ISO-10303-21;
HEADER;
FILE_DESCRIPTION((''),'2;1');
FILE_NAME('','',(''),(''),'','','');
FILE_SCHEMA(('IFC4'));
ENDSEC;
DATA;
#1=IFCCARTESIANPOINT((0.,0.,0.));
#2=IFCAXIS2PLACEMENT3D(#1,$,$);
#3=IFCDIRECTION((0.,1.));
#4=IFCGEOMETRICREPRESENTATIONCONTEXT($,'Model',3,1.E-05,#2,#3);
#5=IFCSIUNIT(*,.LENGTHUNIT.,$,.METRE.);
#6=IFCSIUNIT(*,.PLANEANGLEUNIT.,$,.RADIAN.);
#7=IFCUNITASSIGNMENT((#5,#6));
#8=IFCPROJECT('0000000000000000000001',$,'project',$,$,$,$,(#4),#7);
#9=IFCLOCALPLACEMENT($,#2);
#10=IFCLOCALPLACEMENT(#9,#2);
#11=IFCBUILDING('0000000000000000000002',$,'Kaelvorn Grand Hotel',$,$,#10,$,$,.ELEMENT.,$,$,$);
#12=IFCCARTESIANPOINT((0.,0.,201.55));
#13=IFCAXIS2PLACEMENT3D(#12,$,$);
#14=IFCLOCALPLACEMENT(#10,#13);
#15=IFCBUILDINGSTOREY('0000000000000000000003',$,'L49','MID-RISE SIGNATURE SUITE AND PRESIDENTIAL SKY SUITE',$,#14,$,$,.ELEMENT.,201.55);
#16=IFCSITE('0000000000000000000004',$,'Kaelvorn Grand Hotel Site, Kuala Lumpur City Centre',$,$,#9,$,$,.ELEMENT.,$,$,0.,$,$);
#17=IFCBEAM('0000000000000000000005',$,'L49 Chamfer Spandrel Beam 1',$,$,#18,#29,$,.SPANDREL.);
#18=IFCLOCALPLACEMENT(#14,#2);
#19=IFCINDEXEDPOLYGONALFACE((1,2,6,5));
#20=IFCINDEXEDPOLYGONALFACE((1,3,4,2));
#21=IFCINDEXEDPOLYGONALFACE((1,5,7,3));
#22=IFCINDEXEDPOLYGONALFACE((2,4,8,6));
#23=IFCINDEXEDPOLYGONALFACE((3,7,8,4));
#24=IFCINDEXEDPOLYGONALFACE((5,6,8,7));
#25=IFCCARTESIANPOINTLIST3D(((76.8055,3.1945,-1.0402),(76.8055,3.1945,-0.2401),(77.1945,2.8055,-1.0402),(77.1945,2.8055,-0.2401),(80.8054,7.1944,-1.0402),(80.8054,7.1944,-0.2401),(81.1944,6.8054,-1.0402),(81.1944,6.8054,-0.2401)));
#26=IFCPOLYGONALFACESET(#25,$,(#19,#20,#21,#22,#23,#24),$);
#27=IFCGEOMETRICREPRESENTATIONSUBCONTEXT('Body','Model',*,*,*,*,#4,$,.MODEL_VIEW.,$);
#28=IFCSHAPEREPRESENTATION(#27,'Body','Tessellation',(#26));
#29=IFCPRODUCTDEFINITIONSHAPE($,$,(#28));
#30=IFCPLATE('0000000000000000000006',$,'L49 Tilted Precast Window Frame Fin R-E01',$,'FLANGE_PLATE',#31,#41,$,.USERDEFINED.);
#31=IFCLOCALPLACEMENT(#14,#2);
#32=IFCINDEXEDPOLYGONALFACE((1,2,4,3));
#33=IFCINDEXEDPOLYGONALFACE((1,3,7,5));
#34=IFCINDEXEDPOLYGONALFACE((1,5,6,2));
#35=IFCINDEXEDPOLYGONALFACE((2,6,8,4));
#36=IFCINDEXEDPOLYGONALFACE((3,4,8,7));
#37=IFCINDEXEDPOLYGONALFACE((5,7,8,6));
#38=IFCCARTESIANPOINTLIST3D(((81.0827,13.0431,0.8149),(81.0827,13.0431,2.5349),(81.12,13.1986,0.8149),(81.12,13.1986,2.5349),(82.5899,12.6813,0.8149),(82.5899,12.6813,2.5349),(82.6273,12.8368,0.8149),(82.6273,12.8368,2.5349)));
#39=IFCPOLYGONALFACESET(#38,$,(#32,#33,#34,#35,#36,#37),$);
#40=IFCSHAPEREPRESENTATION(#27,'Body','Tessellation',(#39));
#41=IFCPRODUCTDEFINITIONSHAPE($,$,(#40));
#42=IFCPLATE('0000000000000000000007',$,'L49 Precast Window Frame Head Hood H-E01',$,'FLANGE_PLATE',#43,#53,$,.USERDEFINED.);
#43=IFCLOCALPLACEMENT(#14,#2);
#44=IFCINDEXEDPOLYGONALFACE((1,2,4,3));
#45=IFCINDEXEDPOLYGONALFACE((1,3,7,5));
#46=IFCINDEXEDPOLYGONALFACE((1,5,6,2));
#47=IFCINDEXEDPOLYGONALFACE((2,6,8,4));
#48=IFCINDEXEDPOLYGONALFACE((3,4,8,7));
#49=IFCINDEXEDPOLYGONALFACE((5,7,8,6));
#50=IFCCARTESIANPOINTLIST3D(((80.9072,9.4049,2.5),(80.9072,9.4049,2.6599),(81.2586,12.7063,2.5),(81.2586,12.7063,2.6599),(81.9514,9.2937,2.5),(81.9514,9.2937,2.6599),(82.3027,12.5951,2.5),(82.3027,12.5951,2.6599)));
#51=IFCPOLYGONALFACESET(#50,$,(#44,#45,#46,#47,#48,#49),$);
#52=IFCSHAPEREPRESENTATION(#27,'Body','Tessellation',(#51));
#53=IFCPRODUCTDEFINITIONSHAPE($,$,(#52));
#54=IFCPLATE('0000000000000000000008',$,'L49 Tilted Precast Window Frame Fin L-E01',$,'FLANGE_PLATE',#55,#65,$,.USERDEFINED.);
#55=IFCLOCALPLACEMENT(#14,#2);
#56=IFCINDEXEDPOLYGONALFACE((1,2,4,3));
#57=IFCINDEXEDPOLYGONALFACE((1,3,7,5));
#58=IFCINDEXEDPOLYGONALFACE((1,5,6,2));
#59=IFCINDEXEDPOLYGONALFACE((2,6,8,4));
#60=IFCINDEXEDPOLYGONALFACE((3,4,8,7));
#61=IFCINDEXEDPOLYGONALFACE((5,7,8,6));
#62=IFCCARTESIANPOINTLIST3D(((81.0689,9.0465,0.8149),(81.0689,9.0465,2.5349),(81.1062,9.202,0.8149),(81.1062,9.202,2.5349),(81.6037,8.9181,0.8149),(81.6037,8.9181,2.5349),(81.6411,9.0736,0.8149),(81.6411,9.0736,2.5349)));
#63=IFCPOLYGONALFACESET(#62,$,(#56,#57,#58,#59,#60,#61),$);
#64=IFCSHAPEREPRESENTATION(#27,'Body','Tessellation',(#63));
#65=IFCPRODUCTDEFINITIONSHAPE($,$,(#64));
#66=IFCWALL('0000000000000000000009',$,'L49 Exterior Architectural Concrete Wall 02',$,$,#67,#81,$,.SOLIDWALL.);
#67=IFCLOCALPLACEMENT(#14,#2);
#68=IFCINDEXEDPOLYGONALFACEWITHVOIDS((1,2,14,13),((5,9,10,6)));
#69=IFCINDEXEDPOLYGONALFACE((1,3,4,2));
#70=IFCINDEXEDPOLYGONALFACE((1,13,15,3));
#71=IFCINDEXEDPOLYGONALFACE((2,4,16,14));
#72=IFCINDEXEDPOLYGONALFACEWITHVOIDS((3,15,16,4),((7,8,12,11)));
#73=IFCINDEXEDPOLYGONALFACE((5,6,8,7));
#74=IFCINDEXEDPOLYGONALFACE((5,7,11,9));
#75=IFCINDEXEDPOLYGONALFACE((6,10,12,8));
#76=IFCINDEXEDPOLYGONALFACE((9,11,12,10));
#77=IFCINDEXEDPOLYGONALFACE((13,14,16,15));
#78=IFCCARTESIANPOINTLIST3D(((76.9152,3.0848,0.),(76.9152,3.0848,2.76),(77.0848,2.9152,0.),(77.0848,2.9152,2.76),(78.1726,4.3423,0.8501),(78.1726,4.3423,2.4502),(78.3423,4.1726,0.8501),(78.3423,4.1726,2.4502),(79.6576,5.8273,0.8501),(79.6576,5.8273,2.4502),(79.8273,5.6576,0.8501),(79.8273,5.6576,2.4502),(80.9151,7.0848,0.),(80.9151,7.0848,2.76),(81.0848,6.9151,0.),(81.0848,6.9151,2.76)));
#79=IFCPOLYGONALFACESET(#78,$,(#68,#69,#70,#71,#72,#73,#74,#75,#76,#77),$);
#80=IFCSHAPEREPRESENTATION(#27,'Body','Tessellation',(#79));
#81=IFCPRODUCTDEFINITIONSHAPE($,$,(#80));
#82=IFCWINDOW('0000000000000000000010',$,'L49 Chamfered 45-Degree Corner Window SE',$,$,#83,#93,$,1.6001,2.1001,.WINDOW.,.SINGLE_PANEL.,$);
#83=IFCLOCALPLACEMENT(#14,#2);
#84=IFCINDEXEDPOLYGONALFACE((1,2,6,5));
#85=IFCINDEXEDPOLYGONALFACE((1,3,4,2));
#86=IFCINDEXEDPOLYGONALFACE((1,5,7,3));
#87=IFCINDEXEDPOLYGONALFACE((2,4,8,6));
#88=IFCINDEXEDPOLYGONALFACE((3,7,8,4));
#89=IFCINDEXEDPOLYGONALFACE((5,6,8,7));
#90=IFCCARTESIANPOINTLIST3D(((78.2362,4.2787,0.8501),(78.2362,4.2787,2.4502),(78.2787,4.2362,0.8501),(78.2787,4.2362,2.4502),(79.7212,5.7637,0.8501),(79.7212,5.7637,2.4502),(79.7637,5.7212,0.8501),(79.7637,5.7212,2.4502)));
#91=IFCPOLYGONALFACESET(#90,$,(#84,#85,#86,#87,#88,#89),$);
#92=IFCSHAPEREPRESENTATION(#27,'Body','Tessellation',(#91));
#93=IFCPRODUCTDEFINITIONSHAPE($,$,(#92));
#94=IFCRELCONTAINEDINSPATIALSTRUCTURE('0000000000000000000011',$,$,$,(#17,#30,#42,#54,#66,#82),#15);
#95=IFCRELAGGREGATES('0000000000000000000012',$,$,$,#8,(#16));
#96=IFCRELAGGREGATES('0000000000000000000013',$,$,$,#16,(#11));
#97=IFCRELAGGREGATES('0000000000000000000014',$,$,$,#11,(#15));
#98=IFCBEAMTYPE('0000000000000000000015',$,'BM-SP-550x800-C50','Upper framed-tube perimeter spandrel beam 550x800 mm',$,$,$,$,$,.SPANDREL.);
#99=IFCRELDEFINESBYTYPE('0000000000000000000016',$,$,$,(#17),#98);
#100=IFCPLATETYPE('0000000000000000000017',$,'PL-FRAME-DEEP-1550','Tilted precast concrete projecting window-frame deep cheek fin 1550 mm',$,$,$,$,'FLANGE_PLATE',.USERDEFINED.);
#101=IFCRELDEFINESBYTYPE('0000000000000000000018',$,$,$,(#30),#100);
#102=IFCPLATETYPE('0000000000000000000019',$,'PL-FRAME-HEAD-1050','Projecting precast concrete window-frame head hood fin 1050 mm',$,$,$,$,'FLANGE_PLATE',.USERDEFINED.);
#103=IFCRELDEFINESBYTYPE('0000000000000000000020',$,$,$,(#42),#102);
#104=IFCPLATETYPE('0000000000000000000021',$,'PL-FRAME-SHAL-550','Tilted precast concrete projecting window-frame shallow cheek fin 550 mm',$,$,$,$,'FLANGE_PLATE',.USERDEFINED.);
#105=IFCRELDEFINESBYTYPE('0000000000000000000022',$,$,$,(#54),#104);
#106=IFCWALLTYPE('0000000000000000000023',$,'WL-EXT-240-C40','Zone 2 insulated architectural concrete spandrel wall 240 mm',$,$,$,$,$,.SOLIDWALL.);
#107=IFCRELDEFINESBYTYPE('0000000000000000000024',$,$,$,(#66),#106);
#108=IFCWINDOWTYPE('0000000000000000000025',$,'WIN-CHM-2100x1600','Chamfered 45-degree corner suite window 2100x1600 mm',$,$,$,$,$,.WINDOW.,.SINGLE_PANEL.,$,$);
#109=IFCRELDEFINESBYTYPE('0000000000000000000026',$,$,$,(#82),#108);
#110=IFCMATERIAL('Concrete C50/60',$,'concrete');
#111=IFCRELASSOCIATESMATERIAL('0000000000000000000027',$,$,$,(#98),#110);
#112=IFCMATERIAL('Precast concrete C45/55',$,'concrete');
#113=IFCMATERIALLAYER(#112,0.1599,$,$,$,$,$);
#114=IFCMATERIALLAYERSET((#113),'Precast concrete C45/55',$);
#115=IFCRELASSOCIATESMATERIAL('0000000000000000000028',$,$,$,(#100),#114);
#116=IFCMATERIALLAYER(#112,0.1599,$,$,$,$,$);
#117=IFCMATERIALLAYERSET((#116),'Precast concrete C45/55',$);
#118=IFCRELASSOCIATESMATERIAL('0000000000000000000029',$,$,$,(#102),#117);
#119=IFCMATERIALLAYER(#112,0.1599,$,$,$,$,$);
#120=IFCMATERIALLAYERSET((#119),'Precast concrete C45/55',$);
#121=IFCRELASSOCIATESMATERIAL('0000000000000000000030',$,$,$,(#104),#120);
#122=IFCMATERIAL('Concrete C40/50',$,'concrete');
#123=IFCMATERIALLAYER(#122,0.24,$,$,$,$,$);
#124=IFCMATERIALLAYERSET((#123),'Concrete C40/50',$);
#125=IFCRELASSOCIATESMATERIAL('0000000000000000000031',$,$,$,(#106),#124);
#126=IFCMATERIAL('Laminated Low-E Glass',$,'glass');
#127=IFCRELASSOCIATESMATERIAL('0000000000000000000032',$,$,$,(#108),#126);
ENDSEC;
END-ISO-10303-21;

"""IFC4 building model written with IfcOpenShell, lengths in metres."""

from ifc_helpers import new_model, si_unit, direction, frame, frame_2d, origin, origin_2d, place, context, subcontext, project, spatial, rectangle, extrude, material, layer, layer_set, material_profile, profile_set, type_object, element, fill, save


model = new_model("IFC4")

# Units and contexts
model_context = context("Model", 3, precision=1e-05, world=origin(), true_north=direction((0.0, 1.0)))
body_context = subcontext(model_context, "Body", "Model", "MODEL_VIEW")
ifc_project = project(units=[si_unit("LENGTHUNIT", "METRE"), si_unit("PLANEANGLEUNIT", "RADIAN")], contexts=[model_context])

# Site, building, storey
site_placement = place(None, origin())
site = spatial("IfcSite", under=ifc_project, at=site_placement, Name="Kaelvorn Grand Hotel Site, Kuala Lumpur City Centre", CompositionType="ELEMENT", RefElevation=0.0)
building_placement = place(site_placement, origin())
building = spatial("IfcBuilding", under=site, at=building_placement, Name="Kaelvorn Grand Hotel", CompositionType="ELEMENT")
storey_placement = place(building_placement, frame((0.0, 0.0, 201.55)))
storey = spatial("IfcBuildingStorey", under=building, at=storey_placement, Name="L49", Description="MID-RISE SIGNATURE SUITE AND PRESIDENTIAL SKY SUITE", CompositionType="ELEMENT", Elevation=201.55)

# Beam
ifc_material_1 = material(Name="Concrete C40/50", Category="concrete")
ifc_material_2 = material(Name="Concrete C50/60", Category="concrete")
ifc_material_profile_1 = material_profile(ifc_material_2, rectangle(XDim=0.55, YDim=0.8, at=origin_2d()), Name="RC SPANDREL 550x800")
ifc_profile_set_1 = profile_set([ifc_material_profile_1], Name="Concrete C50/60")
beam_type_1 = type_object("IfcBeamType", Name="BM-SP-550x800-C50", Description="Upper framed-tube perimeter spandrel beam 550x800 mm", PredefinedType="SPANDREL", material=ifc_profile_set_1)
beam_1_placement = place(storey_placement, frame((77.0, 3.0, -0.6401), z_axis=(0.707107, 0.707107, 0.0), x_axis=(-0.707107, 0.707107, 0.0)))
element("IfcBeam", 1, at=beam_1_placement, inside=storey, type_object=beam_type_1, Name="L49 Chamfer Spandrel Beam 1", PredefinedType="SPANDREL", context=body_context, shape_type="SweptSolid", body=[
    extrude(rectangle(XDim=0.55, YDim=0.8, at=origin_2d()), origin(), (0.0, 0.0, 1.0), 5.6567),
])

# Plates
ifc_material_3 = material(Name="Precast concrete C45/55", Category="concrete")
ifc_layer_1 = layer(ifc_material_3, 0.1599)
ifc_layer_set_1 = layer_set([ifc_layer_1], Name="Precast concrete C45/55")
plate_type_1 = type_object("IfcPlateType", Name="PL-FRAME-DEEP-1550", Description="Tilted precast concrete projecting window-frame deep cheek fin 1550 mm", ElementType="FLANGE_PLATE", PredefinedType="USERDEFINED", material=ifc_layer_set_1)
plate_1_placement = place(storey_placement, frame((81.855, 12.9399, 0.8149), z_axis=(0.0, 0.0, 1.0), x_axis=(0.233445, 0.97237, 0.0)))
element("IfcPlate", 2, at=plate_1_placement, inside=storey, type_object=plate_type_1, Name="L49 Tilted Precast Window Frame Fin R-E01", ObjectType="FLANGE_PLATE", PredefinedType="USERDEFINED", context=body_context, shape_type="SweptSolid", body=[
    extrude(rectangle(XDim=0.1599, YDim=1.55, at=origin_2d()), origin(), (0.0, 0.0, 1.0), 1.72),
])
ifc_layer_2 = layer(ifc_material_3, 0.1599)
ifc_layer_set_2 = layer_set([ifc_layer_2], Name="Precast concrete C45/55")
plate_type_2 = type_object("IfcPlateType", Name="PL-FRAME-HEAD-1050", Description="Projecting precast concrete window-frame head hood fin 1050 mm", ElementType="FLANGE_PLATE", PredefinedType="USERDEFINED", material=ifc_layer_set_2)
plate_2_placement = place(storey_placement, frame((81.605, 11.0, 2.5), z_axis=(0.0, 0.0, 1.0), x_axis=(0.10583, 0.994384, 0.0)))
element("IfcPlate", 3, at=plate_2_placement, inside=storey, type_object=plate_type_2, Name="L49 Precast Window Frame Head Hood H-E01", ObjectType="FLANGE_PLATE", PredefinedType="USERDEFINED", context=body_context, shape_type="SweptSolid", body=[
    extrude(rectangle(XDim=3.3201, YDim=1.05, at=origin_2d()), origin(), (0.0, 0.0, 1.0), 0.1599),
])
ifc_layer_3 = layer(ifc_material_3, 0.1599)
ifc_layer_set_3 = layer_set([ifc_layer_3], Name="Precast concrete C45/55")
plate_type_3 = type_object("IfcPlateType", Name="PL-FRAME-SHAL-550", Description="Tilted precast concrete projecting window-frame shallow cheek fin 550 mm", ElementType="FLANGE_PLATE", PredefinedType="USERDEFINED", material=ifc_layer_set_3)
plate_3_placement = place(storey_placement, frame((81.355, 9.0601, 0.8149), z_axis=(0.0, 0.0, 1.0), x_axis=(0.233445, 0.97237, 0.0)))
element("IfcPlate", 4, at=plate_3_placement, inside=storey, type_object=plate_type_3, Name="L49 Tilted Precast Window Frame Fin L-E01", ObjectType="FLANGE_PLATE", PredefinedType="USERDEFINED", context=body_context, shape_type="SweptSolid", body=[
    extrude(rectangle(XDim=0.1599, YDim=0.55, at=origin_2d()), origin(), (0.0, 0.0, 1.0), 1.72),
])

# Wall, opening, window
ifc_layer_4 = layer(ifc_material_1, 0.24)
ifc_layer_set_4 = layer_set([ifc_layer_4], Name="Concrete C40/50")
wall_type_1 = type_object("IfcWallType", Name="WL-EXT-240-C40", Description="Zone 2 insulated architectural concrete spandrel wall 240 mm", PredefinedType="SOLIDWALL", material=ifc_layer_set_4)
wall_1_placement = place(storey_placement, frame((77.0, 3.0, 0.0), z_axis=(0.0, 0.0, 1.0), x_axis=(0.707107, 0.707107, 0.0)))
wall_1 = element("IfcWall", 5, at=wall_1_placement, inside=storey, type_object=wall_type_1, Name="L49 Exterior Architectural Concrete Wall 02", PredefinedType="SOLIDWALL", context=body_context, shape_type="SweptSolid", body=[
    extrude(rectangle(XDim=5.6567, YDim=0.24, at=frame_2d((2.8284, 0.0))), origin(), (0.0, 0.0, 1.0), 2.76),
])
opening_1_placement = place(wall_1_placement, frame((1.7783, 0.0, 0.8501)))
opening_1 = element("IfcOpeningElement", 6, at=opening_1_placement, cuts=wall_1, PredefinedType="OPENING", context=body_context, shape_type="SweptSolid", body=[
    extrude(rectangle(XDim=2.1001, YDim=1.6001, at=frame_2d((1.05, 0.8))), frame((0.0, 0.1299, 0.0), z_axis=(0.0, -1.0, 0.0), x_axis=(1.0, 0.0, 0.0)), (0.0, 0.0, 1.0), 0.26),
])
ifc_material_4 = material(Name="Laminated Low-E Glass", Category="glass")
window_type_1 = type_object("IfcWindowType", Name="WIN-CHM-2100x1600", Description="Chamfered 45-degree corner suite window 2100x1600 mm", PartitioningType="SINGLE_PANEL", PredefinedType="WINDOW", material=ifc_material_4)
window_1_placement = place(opening_1_placement, origin())
window_1 = element("IfcWindow", 7, at=window_1_placement, inside=storey, type_object=window_type_1, Name="L49 Chamfered 45-Degree Corner Window SE", OverallHeight=1.6001, OverallWidth=2.1001, PartitioningType="SINGLE_PANEL", PredefinedType="WINDOW", context=body_context, shape_type="SweptSolid", body=[
    extrude(rectangle(XDim=2.1001, YDim=1.6001, at=frame_2d((1.05, 0.8))), frame((0.0, 0.03, 0.0), z_axis=(0.0, -1.0, 0.0), x_axis=(1.0, 0.0, 0.0)), (0.0, 0.0, 1.0), 0.0601),
])
fill(opening_1, window_1)

save(model, "model.ifc")
